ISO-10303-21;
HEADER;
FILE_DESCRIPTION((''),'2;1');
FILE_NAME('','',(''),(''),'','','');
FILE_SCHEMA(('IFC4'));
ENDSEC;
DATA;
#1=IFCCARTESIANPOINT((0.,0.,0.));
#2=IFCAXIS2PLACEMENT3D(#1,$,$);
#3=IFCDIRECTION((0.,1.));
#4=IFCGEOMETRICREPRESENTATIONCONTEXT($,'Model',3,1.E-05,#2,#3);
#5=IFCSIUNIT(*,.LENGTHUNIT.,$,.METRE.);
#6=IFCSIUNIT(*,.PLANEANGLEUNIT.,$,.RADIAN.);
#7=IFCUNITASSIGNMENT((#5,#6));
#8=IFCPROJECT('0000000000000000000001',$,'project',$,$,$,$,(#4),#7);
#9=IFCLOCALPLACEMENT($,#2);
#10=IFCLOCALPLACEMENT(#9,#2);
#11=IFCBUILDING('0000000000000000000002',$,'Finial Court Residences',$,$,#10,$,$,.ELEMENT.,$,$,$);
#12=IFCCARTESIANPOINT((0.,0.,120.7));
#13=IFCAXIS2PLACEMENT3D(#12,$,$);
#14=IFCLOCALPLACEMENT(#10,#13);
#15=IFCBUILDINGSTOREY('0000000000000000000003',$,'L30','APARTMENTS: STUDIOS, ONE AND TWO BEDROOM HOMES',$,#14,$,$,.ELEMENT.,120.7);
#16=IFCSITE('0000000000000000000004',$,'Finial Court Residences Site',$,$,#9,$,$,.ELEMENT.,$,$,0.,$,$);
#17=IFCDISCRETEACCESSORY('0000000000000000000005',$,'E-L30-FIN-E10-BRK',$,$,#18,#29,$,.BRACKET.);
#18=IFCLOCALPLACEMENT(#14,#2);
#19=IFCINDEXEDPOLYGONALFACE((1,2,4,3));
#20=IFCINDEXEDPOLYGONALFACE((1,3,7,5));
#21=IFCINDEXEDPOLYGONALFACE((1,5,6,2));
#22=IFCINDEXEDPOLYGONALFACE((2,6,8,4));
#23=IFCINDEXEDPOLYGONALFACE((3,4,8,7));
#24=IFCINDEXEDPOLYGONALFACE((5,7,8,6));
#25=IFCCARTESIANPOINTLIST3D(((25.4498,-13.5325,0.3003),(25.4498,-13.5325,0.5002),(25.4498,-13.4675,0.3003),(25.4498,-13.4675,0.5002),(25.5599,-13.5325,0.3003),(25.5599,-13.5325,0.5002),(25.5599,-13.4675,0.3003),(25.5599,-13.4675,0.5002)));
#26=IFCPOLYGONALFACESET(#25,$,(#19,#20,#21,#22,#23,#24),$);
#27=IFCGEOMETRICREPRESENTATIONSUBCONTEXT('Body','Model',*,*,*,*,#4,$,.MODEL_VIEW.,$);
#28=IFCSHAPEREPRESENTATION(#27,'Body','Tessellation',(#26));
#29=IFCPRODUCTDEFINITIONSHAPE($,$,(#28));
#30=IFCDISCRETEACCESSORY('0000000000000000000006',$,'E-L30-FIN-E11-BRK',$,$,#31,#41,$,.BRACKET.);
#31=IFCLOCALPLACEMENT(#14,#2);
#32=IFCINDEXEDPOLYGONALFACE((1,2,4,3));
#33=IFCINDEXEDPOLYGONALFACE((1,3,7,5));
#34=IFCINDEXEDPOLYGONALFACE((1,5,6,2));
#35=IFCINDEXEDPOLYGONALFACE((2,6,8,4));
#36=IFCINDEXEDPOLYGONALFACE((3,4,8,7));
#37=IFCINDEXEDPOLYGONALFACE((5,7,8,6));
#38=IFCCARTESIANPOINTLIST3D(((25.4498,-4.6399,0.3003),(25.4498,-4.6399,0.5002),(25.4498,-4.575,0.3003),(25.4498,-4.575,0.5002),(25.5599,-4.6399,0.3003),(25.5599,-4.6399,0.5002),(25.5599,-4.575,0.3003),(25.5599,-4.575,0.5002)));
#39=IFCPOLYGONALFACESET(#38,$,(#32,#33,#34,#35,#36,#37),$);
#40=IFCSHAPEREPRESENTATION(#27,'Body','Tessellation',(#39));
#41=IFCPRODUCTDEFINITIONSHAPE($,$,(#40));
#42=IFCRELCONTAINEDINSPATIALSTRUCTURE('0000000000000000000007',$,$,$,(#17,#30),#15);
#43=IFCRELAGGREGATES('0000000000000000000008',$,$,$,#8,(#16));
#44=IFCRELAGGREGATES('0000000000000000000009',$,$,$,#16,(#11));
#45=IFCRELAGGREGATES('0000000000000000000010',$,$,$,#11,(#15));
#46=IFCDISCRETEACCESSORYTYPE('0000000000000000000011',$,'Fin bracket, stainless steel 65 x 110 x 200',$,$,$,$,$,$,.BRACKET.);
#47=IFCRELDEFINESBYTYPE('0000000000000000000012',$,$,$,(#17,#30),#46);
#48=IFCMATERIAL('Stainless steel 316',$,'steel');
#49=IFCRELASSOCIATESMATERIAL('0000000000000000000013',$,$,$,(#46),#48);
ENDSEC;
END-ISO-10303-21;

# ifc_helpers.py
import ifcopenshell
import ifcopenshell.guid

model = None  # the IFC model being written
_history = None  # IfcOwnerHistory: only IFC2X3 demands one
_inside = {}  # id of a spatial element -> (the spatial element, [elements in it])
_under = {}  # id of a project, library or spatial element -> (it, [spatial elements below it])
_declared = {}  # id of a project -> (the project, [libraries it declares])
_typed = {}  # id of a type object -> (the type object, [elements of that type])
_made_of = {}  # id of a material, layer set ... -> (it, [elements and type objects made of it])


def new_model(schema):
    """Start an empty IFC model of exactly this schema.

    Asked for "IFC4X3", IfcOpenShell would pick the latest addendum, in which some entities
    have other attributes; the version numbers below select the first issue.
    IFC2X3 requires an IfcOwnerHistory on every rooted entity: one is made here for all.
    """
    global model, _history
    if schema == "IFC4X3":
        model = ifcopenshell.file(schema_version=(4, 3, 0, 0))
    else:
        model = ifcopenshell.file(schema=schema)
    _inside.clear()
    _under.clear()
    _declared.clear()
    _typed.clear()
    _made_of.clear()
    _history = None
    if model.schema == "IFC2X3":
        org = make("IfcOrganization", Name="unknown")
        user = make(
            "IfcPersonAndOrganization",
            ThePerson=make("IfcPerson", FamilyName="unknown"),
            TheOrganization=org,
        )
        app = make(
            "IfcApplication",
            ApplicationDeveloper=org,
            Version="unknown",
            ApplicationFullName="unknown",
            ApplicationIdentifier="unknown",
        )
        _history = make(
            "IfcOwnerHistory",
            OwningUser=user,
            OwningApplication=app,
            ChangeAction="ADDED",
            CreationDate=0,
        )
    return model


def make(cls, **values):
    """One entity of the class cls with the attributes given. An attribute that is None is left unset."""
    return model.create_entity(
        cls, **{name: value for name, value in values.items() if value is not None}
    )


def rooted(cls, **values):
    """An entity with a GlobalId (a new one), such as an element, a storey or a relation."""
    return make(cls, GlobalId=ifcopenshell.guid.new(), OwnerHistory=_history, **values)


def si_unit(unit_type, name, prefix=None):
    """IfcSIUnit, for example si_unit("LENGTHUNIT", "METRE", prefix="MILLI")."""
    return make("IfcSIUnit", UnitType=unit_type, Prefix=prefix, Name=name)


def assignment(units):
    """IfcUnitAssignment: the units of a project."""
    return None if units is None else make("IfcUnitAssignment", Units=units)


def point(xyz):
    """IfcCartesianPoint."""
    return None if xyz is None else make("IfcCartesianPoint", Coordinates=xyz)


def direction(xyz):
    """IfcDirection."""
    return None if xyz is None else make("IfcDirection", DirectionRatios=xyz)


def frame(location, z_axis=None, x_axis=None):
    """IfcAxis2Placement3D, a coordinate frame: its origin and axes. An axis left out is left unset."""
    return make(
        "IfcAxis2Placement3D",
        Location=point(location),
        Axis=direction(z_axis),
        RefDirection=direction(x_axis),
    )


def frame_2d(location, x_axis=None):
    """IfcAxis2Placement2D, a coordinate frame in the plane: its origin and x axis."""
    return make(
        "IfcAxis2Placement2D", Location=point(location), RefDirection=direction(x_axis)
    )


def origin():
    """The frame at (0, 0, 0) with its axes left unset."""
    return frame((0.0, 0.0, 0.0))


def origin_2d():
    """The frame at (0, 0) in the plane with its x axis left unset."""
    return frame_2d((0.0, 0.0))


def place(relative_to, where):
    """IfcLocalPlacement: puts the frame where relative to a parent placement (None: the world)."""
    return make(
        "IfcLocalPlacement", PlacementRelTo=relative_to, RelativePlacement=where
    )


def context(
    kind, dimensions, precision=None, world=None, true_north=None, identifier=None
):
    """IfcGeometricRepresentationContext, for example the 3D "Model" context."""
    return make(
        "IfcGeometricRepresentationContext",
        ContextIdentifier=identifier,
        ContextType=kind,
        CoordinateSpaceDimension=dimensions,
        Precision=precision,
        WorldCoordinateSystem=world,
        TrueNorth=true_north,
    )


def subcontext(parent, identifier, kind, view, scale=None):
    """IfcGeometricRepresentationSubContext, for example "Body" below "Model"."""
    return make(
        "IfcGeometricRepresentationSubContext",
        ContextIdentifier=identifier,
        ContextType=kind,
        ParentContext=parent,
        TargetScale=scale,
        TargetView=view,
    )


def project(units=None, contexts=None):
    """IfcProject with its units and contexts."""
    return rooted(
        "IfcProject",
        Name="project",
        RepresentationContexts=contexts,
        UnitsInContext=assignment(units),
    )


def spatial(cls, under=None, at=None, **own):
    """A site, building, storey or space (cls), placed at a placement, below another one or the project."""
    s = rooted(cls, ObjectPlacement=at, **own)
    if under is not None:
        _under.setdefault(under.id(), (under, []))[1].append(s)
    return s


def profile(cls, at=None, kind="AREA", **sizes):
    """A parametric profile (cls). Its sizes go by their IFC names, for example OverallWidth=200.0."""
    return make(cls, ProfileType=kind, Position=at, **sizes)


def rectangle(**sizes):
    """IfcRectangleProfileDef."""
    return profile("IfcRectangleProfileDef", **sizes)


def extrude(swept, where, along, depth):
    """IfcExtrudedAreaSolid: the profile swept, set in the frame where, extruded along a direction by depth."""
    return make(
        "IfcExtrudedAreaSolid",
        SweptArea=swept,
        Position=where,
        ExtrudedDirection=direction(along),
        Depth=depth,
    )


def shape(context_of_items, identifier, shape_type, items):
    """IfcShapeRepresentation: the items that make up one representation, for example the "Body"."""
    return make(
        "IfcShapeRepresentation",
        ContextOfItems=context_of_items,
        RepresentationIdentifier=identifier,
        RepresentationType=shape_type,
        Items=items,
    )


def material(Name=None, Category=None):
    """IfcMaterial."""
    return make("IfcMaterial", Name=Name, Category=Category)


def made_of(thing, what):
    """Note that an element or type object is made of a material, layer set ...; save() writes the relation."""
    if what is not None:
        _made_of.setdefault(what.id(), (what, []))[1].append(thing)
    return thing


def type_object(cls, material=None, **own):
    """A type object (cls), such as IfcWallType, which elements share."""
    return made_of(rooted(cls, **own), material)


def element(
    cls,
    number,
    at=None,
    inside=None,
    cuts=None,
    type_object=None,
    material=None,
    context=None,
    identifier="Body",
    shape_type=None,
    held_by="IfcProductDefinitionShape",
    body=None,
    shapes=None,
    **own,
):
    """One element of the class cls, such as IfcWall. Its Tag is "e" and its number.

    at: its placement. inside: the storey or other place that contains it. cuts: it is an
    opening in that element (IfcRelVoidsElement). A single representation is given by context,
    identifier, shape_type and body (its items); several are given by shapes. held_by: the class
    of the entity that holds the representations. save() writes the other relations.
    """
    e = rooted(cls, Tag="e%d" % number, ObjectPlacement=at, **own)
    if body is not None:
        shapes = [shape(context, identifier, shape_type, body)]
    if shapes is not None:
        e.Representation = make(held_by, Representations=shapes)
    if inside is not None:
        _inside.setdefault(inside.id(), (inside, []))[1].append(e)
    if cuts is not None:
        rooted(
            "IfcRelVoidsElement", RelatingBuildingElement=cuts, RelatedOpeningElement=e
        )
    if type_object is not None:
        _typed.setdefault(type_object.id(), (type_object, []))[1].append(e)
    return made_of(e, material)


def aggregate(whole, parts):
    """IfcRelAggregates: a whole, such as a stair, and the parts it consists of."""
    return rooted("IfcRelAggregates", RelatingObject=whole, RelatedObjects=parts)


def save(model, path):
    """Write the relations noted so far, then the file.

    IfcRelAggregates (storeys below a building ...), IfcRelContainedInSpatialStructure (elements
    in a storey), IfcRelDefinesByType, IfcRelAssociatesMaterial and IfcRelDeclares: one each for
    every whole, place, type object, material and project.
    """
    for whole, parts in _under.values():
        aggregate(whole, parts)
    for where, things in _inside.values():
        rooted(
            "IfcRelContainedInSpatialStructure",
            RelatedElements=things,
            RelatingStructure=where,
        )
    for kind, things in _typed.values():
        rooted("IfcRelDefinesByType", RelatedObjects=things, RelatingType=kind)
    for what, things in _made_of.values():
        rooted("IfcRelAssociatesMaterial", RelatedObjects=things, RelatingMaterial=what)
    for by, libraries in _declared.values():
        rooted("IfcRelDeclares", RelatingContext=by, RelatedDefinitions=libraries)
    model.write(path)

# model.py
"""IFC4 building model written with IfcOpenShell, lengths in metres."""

from ifc_helpers import new_model, si_unit, direction, frame, origin, origin_2d, place, context, subcontext, project, spatial, rectangle, extrude, material, type_object, element, save


model = new_model("IFC4")

# Units and contexts
model_context = context("Model", 3, precision=1e-05, world=origin(), true_north=direction((0.0, 1.0)))
body_context = subcontext(model_context, "Body", "Model", "MODEL_VIEW")
ifc_project = project(units=[si_unit("LENGTHUNIT", "METRE"), si_unit("PLANEANGLEUNIT", "RADIAN")], contexts=[model_context])

# Site, building, storey
site_placement = place(None, origin())
site = spatial("IfcSite", under=ifc_project, at=site_placement, Name="Finial Court Residences Site", CompositionType="ELEMENT", RefElevation=0.0)
building_placement = place(site_placement, origin())
building = spatial("IfcBuilding", under=site, at=building_placement, Name="Finial Court Residences", CompositionType="ELEMENT")
storey_placement = place(building_placement, frame((0.0, 0.0, 120.7)))
storey = spatial("IfcBuildingStorey", under=building, at=storey_placement, Name="L30", Description="APARTMENTS: STUDIOS, ONE AND TWO BEDROOM HOMES", CompositionType="ELEMENT", Elevation=120.7)

# Discrete accessories
ifc_material_1 = material(Name="Stainless steel 316", Category="steel")
discrete_accessory_type = type_object("IfcDiscreteAccessoryType", Name="Fin bracket, stainless steel 65 x 110 x 200", PredefinedType="BRACKET", material=ifc_material_1)
for number, where, z_axis, x_axis, name in (
    (1, (25.5049, -13.5, 0.3003), (0.0, 0.0, 1.0), (1.0, 0.0, 0.0), "E-L30-FIN-E10-BRK"),
    (2, (25.5049, -4.6074, 0.3003), (0.0, 0.0, 1.0), (1.0, 0.0, 0.0), "E-L30-FIN-E11-BRK"),
):
    element("IfcDiscreteAccessory", number, at=place(storey_placement, frame(where, z_axis=z_axis, x_axis=x_axis)), inside=storey, type_object=discrete_accessory_type, Name=name, PredefinedType="BRACKET", context=body_context, shape_type="SweptSolid", body=[
        extrude(rectangle(XDim=0.1101, YDim=0.0649, at=origin_2d()), origin(), (0.0, 0.0, 1.0), 0.2),
    ])

save(model, "model.ifc")
